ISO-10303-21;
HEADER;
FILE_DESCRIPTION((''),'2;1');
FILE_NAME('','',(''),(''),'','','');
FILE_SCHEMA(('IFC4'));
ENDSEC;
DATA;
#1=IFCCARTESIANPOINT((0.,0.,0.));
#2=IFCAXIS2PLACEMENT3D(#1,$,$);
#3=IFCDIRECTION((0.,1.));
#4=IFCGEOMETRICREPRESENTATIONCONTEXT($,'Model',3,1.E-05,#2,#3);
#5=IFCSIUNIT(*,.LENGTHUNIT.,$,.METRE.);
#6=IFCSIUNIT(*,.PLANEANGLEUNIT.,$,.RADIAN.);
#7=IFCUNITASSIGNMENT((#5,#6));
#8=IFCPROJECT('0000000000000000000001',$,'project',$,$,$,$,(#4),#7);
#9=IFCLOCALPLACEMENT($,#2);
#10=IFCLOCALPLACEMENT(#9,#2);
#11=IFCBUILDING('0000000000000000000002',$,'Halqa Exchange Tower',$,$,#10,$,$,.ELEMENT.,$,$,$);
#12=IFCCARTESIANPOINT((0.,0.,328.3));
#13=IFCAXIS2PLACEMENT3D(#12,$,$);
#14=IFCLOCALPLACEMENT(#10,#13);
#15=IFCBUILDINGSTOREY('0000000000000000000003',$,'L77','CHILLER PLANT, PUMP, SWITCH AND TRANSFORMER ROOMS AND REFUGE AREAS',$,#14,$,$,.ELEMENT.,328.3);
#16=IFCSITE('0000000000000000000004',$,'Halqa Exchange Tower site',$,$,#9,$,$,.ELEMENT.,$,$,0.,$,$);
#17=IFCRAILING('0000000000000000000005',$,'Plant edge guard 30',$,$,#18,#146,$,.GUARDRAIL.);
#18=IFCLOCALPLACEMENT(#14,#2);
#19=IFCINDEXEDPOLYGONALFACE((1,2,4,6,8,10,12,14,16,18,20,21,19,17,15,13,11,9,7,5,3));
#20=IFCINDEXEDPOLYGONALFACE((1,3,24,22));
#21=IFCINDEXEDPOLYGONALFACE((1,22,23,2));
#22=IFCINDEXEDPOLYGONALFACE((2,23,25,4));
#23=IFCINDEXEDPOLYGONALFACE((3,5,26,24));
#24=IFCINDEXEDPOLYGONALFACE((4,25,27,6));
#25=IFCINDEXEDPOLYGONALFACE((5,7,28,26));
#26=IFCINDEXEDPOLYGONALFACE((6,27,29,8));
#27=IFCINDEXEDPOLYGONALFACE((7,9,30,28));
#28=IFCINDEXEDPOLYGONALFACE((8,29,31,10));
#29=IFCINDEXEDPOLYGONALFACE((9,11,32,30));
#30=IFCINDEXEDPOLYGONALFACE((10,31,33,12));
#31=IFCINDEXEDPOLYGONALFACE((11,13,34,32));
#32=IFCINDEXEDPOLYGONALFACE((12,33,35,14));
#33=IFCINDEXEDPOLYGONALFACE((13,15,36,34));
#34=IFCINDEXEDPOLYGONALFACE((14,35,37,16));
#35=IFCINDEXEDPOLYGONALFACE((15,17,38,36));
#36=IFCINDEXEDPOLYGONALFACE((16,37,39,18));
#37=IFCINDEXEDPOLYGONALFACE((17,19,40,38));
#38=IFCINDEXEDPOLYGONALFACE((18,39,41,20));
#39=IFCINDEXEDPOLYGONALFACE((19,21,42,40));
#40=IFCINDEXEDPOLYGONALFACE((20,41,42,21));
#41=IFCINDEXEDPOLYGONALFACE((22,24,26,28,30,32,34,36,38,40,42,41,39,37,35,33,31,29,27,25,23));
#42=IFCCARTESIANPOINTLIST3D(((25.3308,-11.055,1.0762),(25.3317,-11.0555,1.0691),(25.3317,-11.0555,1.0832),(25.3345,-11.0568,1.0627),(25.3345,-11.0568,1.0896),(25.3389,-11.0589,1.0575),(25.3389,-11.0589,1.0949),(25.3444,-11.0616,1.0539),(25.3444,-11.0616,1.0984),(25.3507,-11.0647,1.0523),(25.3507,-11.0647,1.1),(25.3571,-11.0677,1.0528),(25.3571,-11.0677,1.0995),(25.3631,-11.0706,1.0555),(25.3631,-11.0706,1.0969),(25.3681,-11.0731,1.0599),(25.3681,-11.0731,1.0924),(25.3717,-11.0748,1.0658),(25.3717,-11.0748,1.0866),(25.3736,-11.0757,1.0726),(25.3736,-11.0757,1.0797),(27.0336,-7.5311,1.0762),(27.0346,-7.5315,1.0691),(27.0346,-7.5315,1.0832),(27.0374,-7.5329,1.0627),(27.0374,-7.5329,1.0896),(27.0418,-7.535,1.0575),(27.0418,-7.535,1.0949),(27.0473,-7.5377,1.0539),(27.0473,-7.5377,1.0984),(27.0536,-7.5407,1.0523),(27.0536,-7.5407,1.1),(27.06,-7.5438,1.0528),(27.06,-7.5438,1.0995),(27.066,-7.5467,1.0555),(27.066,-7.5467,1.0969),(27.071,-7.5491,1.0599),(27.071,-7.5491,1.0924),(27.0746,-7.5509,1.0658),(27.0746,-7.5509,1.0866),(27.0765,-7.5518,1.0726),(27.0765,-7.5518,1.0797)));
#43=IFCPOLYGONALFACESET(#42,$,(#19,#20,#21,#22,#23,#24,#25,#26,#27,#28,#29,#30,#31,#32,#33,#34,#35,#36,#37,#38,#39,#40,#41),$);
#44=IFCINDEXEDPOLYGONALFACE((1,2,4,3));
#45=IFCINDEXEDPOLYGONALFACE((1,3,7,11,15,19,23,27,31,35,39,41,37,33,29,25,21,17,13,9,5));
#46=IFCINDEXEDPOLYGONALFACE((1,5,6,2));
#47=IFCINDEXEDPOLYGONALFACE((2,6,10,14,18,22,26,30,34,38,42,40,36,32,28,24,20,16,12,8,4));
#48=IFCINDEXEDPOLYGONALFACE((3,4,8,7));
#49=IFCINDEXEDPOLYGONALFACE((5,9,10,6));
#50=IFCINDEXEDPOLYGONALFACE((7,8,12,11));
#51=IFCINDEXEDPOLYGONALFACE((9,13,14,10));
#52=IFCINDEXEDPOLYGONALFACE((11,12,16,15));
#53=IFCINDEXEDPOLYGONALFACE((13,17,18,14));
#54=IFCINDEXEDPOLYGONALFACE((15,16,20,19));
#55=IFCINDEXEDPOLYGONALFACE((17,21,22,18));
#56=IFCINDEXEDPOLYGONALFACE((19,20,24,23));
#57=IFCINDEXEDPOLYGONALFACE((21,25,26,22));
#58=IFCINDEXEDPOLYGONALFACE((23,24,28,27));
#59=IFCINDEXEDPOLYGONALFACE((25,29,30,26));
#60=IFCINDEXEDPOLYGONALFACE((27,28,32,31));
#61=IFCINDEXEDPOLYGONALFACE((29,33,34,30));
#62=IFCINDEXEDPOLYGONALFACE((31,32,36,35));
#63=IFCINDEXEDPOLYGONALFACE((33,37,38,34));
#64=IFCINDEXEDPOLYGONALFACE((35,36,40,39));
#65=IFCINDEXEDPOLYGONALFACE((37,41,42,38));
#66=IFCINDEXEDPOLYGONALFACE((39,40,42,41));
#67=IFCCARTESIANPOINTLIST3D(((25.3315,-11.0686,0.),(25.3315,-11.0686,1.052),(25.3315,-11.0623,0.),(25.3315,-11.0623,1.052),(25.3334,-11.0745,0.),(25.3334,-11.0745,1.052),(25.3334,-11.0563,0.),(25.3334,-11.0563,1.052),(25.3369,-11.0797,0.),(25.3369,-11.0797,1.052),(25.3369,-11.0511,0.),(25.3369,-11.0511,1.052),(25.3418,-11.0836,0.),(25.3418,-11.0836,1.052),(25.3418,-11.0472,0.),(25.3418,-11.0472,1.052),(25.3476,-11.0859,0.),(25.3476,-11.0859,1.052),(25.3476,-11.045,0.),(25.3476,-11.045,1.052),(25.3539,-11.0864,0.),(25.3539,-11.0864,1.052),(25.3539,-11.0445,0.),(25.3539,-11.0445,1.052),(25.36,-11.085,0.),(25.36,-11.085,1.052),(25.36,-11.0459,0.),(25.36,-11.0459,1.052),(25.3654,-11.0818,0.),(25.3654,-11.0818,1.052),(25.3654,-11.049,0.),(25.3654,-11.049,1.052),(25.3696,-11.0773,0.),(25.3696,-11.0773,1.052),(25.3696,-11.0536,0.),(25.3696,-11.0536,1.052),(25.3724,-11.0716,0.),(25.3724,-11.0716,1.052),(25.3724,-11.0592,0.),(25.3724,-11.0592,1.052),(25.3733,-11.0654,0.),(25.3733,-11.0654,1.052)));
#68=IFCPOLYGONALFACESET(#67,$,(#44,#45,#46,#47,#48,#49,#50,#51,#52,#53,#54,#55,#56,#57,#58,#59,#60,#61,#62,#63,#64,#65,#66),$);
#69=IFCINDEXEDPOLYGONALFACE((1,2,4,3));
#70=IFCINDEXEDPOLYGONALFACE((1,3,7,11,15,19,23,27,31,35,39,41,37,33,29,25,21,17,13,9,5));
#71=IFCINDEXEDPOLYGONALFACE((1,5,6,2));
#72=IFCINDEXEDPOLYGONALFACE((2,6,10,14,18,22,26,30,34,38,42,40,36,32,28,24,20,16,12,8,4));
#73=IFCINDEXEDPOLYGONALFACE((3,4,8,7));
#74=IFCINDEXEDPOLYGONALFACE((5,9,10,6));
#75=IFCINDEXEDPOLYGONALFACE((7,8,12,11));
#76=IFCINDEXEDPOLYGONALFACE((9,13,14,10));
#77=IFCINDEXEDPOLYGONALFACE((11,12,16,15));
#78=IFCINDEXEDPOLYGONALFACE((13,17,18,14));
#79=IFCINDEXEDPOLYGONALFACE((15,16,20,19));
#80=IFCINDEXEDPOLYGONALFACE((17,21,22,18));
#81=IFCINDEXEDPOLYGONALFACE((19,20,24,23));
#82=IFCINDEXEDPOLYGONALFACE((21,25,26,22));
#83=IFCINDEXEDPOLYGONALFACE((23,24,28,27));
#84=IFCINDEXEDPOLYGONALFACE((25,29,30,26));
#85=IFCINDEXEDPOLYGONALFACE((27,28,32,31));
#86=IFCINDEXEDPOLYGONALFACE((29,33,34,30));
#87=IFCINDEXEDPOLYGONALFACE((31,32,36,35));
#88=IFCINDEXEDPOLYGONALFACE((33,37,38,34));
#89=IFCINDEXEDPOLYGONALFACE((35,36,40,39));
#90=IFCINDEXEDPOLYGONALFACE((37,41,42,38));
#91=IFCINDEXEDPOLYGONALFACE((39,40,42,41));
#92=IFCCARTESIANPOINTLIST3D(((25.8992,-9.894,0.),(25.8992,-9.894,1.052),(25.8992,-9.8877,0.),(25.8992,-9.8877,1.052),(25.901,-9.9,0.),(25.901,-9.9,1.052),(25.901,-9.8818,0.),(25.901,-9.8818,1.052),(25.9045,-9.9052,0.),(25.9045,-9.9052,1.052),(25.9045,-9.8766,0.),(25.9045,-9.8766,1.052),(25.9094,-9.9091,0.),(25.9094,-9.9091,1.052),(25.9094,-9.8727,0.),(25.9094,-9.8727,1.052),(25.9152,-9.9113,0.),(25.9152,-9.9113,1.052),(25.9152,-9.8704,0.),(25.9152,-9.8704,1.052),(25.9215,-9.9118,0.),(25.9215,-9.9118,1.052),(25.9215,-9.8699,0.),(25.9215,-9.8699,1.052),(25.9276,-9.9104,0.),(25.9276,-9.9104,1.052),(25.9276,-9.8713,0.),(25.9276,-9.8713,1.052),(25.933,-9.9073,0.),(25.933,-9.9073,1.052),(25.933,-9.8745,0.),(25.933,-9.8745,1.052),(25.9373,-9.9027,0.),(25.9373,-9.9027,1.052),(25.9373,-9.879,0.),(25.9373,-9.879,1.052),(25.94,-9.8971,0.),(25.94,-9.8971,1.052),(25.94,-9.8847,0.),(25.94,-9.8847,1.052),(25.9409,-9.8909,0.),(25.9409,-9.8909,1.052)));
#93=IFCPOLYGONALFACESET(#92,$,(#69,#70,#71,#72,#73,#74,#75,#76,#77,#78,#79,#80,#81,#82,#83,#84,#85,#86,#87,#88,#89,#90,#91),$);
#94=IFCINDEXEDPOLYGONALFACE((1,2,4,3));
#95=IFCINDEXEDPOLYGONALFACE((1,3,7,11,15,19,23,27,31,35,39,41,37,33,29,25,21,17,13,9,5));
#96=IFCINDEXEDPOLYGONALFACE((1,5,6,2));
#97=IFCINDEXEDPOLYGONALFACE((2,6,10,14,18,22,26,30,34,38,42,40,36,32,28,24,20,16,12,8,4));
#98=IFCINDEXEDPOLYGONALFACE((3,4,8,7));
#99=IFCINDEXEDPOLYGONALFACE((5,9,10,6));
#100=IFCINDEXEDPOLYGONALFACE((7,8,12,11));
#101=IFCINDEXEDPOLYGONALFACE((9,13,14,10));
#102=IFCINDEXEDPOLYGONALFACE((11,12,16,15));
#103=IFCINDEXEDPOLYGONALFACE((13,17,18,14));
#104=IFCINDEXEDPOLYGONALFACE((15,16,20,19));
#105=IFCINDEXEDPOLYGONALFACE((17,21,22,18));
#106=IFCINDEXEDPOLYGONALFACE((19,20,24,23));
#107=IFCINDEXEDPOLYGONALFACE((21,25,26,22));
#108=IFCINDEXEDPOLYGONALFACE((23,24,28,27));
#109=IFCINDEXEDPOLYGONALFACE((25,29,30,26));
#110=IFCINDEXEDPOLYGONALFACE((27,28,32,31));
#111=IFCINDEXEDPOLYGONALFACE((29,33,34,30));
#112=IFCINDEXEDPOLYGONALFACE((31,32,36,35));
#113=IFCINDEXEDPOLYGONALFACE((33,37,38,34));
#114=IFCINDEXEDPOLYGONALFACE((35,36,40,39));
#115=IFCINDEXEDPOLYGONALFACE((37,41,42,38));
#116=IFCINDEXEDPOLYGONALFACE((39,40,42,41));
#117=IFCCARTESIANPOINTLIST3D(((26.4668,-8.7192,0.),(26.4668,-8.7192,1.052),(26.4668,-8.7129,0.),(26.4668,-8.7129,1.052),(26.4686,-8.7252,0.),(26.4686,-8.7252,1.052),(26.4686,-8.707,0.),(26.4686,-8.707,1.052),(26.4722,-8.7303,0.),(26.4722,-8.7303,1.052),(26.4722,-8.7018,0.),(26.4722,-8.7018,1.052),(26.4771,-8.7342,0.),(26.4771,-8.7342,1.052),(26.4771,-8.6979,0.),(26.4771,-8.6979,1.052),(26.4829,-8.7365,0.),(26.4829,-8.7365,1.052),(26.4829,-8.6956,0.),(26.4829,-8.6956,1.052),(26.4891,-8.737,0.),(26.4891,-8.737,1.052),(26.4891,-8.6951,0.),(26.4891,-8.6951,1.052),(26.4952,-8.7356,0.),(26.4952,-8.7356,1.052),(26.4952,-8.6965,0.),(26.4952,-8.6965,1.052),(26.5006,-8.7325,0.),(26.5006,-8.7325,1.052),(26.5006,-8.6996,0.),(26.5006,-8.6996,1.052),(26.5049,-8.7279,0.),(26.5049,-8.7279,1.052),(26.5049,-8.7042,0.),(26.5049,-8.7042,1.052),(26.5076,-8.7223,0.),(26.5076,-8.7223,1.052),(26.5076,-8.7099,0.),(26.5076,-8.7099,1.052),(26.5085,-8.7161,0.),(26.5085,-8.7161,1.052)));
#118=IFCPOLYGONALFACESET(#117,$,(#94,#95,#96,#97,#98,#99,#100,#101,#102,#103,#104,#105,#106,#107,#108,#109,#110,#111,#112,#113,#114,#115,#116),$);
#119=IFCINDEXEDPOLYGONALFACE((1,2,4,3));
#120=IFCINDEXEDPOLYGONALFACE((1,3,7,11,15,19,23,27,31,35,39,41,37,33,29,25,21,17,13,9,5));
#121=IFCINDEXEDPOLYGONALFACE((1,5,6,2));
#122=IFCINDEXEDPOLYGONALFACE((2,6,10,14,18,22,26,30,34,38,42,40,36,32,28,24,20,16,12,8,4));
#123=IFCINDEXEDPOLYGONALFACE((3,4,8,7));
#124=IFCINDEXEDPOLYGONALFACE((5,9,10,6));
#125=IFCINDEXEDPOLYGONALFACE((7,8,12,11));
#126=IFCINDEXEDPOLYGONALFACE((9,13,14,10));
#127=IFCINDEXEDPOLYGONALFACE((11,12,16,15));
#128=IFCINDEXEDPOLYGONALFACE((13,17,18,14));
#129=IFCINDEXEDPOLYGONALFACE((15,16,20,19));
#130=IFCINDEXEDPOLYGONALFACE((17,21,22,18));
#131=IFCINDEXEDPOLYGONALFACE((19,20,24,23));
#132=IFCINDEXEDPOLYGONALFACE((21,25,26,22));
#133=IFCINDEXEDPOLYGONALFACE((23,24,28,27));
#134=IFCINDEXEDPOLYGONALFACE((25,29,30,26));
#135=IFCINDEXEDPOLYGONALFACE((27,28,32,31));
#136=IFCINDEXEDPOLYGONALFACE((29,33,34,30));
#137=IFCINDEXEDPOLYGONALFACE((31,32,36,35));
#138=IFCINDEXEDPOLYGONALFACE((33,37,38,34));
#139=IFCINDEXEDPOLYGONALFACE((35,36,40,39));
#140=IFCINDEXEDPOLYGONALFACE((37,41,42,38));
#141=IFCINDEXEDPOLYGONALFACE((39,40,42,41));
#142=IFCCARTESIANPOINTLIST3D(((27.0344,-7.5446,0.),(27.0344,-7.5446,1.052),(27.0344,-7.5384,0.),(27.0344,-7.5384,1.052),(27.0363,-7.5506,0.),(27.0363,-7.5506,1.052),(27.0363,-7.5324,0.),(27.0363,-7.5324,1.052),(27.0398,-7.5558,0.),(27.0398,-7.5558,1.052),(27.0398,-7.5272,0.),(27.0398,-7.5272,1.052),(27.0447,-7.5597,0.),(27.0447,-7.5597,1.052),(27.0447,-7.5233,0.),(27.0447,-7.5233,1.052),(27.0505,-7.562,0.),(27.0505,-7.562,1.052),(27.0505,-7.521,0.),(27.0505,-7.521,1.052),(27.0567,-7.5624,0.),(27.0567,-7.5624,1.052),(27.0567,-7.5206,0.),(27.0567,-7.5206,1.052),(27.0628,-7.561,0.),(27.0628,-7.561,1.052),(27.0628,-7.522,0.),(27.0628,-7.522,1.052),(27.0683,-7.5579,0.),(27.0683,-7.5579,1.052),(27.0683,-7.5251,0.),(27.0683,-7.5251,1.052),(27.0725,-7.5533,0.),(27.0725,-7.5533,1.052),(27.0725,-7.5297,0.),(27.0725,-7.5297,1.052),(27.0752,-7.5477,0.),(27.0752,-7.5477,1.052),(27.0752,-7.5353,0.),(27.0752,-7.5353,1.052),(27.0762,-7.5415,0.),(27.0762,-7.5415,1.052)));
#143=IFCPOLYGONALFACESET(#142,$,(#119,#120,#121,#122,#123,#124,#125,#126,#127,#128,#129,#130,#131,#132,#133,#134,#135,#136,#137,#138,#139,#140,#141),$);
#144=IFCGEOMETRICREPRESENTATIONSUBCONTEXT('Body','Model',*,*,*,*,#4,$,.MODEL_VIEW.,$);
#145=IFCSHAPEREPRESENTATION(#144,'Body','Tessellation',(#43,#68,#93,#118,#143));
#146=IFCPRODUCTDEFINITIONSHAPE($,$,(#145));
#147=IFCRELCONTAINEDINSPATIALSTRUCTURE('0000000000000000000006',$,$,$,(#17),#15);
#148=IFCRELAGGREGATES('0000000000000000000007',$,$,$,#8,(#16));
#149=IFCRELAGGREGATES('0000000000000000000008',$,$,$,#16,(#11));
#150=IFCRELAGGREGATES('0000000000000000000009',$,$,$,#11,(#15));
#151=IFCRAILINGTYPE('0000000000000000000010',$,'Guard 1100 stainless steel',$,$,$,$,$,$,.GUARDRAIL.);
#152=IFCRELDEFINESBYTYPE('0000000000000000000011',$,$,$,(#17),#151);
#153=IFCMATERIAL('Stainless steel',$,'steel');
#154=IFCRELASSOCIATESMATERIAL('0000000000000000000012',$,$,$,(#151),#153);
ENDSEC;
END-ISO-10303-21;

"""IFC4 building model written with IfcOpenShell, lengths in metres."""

from ifc_helpers import new_model, si_unit, direction, frame, origin, origin_2d, place, context, subcontext, project, spatial, circle, extrude, material, type_object, element, save


model = new_model("IFC4")

# Units and contexts
model_context = context("Model", 3, precision=1e-05, world=origin(), true_north=direction((0.0, 1.0)))
body_context = subcontext(model_context, "Body", "Model", "MODEL_VIEW")
ifc_project = project(units=[si_unit("LENGTHUNIT", "METRE"), si_unit("PLANEANGLEUNIT", "RADIAN")], contexts=[model_context])

# Site, building, storey
site_placement = place(None, origin())
site = spatial("IfcSite", under=ifc_project, at=site_placement, Name="Halqa Exchange Tower site", CompositionType="ELEMENT", RefElevation=0.0)
building_placement = place(site_placement, origin())
building = spatial("IfcBuilding", under=site, at=building_placement, Name="Halqa Exchange Tower", CompositionType="ELEMENT")
storey_placement = place(building_placement, frame((0.0, 0.0, 328.3)))
storey = spatial("IfcBuildingStorey", under=building, at=storey_placement, Name="L77", Description="CHILLER PLANT, PUMP, SWITCH AND TRANSFORMER ROOMS AND REFUGE AREAS", CompositionType="ELEMENT", Elevation=328.3)

# Railing
ifc_material_1 = material(Name="Stainless steel", Category="steel")
railing_type = type_object("IfcRailingType", Name="Guard 1100 stainless steel", PredefinedType="GUARDRAIL", material=ifc_material_1)
railing_1_placement = place(storey_placement, frame((25.3523, -11.0654, 0.0)))
element("IfcRailing", 1, at=railing_1_placement, inside=storey, type_object=railing_type, Name="Plant edge guard 30", PredefinedType="GUARDRAIL", context=body_context, shape_type="SweptSolid", body=[
    extrude(circle(Radius=0.0239, at=origin_2d()), frame((0.0, 0.0, 1.0762), z_axis=(0.435096, 0.900384, 0.0), x_axis=(-0.900384, 0.435096, 0.0)), (0.0, 0.0, 1.0), 3.9138),
    extrude(circle(Radius=0.021, at=origin_2d()), origin(), (0.0, 0.0, 1.0), 1.052),
    extrude(circle(Radius=0.021, at=origin_2d()), frame((0.5676, 1.1746, 0.0)), (0.0, 0.0, 1.0), 1.052),
    extrude(circle(Radius=0.021, at=origin_2d()), frame((1.1353, 2.3494, 0.0)), (0.0, 0.0, 1.0), 1.052),
    extrude(circle(Radius=0.021, at=origin_2d()), frame((1.7029, 3.5239, 0.0)), (0.0, 0.0, 1.0), 1.052),
])

save(model, "model.ifc")
